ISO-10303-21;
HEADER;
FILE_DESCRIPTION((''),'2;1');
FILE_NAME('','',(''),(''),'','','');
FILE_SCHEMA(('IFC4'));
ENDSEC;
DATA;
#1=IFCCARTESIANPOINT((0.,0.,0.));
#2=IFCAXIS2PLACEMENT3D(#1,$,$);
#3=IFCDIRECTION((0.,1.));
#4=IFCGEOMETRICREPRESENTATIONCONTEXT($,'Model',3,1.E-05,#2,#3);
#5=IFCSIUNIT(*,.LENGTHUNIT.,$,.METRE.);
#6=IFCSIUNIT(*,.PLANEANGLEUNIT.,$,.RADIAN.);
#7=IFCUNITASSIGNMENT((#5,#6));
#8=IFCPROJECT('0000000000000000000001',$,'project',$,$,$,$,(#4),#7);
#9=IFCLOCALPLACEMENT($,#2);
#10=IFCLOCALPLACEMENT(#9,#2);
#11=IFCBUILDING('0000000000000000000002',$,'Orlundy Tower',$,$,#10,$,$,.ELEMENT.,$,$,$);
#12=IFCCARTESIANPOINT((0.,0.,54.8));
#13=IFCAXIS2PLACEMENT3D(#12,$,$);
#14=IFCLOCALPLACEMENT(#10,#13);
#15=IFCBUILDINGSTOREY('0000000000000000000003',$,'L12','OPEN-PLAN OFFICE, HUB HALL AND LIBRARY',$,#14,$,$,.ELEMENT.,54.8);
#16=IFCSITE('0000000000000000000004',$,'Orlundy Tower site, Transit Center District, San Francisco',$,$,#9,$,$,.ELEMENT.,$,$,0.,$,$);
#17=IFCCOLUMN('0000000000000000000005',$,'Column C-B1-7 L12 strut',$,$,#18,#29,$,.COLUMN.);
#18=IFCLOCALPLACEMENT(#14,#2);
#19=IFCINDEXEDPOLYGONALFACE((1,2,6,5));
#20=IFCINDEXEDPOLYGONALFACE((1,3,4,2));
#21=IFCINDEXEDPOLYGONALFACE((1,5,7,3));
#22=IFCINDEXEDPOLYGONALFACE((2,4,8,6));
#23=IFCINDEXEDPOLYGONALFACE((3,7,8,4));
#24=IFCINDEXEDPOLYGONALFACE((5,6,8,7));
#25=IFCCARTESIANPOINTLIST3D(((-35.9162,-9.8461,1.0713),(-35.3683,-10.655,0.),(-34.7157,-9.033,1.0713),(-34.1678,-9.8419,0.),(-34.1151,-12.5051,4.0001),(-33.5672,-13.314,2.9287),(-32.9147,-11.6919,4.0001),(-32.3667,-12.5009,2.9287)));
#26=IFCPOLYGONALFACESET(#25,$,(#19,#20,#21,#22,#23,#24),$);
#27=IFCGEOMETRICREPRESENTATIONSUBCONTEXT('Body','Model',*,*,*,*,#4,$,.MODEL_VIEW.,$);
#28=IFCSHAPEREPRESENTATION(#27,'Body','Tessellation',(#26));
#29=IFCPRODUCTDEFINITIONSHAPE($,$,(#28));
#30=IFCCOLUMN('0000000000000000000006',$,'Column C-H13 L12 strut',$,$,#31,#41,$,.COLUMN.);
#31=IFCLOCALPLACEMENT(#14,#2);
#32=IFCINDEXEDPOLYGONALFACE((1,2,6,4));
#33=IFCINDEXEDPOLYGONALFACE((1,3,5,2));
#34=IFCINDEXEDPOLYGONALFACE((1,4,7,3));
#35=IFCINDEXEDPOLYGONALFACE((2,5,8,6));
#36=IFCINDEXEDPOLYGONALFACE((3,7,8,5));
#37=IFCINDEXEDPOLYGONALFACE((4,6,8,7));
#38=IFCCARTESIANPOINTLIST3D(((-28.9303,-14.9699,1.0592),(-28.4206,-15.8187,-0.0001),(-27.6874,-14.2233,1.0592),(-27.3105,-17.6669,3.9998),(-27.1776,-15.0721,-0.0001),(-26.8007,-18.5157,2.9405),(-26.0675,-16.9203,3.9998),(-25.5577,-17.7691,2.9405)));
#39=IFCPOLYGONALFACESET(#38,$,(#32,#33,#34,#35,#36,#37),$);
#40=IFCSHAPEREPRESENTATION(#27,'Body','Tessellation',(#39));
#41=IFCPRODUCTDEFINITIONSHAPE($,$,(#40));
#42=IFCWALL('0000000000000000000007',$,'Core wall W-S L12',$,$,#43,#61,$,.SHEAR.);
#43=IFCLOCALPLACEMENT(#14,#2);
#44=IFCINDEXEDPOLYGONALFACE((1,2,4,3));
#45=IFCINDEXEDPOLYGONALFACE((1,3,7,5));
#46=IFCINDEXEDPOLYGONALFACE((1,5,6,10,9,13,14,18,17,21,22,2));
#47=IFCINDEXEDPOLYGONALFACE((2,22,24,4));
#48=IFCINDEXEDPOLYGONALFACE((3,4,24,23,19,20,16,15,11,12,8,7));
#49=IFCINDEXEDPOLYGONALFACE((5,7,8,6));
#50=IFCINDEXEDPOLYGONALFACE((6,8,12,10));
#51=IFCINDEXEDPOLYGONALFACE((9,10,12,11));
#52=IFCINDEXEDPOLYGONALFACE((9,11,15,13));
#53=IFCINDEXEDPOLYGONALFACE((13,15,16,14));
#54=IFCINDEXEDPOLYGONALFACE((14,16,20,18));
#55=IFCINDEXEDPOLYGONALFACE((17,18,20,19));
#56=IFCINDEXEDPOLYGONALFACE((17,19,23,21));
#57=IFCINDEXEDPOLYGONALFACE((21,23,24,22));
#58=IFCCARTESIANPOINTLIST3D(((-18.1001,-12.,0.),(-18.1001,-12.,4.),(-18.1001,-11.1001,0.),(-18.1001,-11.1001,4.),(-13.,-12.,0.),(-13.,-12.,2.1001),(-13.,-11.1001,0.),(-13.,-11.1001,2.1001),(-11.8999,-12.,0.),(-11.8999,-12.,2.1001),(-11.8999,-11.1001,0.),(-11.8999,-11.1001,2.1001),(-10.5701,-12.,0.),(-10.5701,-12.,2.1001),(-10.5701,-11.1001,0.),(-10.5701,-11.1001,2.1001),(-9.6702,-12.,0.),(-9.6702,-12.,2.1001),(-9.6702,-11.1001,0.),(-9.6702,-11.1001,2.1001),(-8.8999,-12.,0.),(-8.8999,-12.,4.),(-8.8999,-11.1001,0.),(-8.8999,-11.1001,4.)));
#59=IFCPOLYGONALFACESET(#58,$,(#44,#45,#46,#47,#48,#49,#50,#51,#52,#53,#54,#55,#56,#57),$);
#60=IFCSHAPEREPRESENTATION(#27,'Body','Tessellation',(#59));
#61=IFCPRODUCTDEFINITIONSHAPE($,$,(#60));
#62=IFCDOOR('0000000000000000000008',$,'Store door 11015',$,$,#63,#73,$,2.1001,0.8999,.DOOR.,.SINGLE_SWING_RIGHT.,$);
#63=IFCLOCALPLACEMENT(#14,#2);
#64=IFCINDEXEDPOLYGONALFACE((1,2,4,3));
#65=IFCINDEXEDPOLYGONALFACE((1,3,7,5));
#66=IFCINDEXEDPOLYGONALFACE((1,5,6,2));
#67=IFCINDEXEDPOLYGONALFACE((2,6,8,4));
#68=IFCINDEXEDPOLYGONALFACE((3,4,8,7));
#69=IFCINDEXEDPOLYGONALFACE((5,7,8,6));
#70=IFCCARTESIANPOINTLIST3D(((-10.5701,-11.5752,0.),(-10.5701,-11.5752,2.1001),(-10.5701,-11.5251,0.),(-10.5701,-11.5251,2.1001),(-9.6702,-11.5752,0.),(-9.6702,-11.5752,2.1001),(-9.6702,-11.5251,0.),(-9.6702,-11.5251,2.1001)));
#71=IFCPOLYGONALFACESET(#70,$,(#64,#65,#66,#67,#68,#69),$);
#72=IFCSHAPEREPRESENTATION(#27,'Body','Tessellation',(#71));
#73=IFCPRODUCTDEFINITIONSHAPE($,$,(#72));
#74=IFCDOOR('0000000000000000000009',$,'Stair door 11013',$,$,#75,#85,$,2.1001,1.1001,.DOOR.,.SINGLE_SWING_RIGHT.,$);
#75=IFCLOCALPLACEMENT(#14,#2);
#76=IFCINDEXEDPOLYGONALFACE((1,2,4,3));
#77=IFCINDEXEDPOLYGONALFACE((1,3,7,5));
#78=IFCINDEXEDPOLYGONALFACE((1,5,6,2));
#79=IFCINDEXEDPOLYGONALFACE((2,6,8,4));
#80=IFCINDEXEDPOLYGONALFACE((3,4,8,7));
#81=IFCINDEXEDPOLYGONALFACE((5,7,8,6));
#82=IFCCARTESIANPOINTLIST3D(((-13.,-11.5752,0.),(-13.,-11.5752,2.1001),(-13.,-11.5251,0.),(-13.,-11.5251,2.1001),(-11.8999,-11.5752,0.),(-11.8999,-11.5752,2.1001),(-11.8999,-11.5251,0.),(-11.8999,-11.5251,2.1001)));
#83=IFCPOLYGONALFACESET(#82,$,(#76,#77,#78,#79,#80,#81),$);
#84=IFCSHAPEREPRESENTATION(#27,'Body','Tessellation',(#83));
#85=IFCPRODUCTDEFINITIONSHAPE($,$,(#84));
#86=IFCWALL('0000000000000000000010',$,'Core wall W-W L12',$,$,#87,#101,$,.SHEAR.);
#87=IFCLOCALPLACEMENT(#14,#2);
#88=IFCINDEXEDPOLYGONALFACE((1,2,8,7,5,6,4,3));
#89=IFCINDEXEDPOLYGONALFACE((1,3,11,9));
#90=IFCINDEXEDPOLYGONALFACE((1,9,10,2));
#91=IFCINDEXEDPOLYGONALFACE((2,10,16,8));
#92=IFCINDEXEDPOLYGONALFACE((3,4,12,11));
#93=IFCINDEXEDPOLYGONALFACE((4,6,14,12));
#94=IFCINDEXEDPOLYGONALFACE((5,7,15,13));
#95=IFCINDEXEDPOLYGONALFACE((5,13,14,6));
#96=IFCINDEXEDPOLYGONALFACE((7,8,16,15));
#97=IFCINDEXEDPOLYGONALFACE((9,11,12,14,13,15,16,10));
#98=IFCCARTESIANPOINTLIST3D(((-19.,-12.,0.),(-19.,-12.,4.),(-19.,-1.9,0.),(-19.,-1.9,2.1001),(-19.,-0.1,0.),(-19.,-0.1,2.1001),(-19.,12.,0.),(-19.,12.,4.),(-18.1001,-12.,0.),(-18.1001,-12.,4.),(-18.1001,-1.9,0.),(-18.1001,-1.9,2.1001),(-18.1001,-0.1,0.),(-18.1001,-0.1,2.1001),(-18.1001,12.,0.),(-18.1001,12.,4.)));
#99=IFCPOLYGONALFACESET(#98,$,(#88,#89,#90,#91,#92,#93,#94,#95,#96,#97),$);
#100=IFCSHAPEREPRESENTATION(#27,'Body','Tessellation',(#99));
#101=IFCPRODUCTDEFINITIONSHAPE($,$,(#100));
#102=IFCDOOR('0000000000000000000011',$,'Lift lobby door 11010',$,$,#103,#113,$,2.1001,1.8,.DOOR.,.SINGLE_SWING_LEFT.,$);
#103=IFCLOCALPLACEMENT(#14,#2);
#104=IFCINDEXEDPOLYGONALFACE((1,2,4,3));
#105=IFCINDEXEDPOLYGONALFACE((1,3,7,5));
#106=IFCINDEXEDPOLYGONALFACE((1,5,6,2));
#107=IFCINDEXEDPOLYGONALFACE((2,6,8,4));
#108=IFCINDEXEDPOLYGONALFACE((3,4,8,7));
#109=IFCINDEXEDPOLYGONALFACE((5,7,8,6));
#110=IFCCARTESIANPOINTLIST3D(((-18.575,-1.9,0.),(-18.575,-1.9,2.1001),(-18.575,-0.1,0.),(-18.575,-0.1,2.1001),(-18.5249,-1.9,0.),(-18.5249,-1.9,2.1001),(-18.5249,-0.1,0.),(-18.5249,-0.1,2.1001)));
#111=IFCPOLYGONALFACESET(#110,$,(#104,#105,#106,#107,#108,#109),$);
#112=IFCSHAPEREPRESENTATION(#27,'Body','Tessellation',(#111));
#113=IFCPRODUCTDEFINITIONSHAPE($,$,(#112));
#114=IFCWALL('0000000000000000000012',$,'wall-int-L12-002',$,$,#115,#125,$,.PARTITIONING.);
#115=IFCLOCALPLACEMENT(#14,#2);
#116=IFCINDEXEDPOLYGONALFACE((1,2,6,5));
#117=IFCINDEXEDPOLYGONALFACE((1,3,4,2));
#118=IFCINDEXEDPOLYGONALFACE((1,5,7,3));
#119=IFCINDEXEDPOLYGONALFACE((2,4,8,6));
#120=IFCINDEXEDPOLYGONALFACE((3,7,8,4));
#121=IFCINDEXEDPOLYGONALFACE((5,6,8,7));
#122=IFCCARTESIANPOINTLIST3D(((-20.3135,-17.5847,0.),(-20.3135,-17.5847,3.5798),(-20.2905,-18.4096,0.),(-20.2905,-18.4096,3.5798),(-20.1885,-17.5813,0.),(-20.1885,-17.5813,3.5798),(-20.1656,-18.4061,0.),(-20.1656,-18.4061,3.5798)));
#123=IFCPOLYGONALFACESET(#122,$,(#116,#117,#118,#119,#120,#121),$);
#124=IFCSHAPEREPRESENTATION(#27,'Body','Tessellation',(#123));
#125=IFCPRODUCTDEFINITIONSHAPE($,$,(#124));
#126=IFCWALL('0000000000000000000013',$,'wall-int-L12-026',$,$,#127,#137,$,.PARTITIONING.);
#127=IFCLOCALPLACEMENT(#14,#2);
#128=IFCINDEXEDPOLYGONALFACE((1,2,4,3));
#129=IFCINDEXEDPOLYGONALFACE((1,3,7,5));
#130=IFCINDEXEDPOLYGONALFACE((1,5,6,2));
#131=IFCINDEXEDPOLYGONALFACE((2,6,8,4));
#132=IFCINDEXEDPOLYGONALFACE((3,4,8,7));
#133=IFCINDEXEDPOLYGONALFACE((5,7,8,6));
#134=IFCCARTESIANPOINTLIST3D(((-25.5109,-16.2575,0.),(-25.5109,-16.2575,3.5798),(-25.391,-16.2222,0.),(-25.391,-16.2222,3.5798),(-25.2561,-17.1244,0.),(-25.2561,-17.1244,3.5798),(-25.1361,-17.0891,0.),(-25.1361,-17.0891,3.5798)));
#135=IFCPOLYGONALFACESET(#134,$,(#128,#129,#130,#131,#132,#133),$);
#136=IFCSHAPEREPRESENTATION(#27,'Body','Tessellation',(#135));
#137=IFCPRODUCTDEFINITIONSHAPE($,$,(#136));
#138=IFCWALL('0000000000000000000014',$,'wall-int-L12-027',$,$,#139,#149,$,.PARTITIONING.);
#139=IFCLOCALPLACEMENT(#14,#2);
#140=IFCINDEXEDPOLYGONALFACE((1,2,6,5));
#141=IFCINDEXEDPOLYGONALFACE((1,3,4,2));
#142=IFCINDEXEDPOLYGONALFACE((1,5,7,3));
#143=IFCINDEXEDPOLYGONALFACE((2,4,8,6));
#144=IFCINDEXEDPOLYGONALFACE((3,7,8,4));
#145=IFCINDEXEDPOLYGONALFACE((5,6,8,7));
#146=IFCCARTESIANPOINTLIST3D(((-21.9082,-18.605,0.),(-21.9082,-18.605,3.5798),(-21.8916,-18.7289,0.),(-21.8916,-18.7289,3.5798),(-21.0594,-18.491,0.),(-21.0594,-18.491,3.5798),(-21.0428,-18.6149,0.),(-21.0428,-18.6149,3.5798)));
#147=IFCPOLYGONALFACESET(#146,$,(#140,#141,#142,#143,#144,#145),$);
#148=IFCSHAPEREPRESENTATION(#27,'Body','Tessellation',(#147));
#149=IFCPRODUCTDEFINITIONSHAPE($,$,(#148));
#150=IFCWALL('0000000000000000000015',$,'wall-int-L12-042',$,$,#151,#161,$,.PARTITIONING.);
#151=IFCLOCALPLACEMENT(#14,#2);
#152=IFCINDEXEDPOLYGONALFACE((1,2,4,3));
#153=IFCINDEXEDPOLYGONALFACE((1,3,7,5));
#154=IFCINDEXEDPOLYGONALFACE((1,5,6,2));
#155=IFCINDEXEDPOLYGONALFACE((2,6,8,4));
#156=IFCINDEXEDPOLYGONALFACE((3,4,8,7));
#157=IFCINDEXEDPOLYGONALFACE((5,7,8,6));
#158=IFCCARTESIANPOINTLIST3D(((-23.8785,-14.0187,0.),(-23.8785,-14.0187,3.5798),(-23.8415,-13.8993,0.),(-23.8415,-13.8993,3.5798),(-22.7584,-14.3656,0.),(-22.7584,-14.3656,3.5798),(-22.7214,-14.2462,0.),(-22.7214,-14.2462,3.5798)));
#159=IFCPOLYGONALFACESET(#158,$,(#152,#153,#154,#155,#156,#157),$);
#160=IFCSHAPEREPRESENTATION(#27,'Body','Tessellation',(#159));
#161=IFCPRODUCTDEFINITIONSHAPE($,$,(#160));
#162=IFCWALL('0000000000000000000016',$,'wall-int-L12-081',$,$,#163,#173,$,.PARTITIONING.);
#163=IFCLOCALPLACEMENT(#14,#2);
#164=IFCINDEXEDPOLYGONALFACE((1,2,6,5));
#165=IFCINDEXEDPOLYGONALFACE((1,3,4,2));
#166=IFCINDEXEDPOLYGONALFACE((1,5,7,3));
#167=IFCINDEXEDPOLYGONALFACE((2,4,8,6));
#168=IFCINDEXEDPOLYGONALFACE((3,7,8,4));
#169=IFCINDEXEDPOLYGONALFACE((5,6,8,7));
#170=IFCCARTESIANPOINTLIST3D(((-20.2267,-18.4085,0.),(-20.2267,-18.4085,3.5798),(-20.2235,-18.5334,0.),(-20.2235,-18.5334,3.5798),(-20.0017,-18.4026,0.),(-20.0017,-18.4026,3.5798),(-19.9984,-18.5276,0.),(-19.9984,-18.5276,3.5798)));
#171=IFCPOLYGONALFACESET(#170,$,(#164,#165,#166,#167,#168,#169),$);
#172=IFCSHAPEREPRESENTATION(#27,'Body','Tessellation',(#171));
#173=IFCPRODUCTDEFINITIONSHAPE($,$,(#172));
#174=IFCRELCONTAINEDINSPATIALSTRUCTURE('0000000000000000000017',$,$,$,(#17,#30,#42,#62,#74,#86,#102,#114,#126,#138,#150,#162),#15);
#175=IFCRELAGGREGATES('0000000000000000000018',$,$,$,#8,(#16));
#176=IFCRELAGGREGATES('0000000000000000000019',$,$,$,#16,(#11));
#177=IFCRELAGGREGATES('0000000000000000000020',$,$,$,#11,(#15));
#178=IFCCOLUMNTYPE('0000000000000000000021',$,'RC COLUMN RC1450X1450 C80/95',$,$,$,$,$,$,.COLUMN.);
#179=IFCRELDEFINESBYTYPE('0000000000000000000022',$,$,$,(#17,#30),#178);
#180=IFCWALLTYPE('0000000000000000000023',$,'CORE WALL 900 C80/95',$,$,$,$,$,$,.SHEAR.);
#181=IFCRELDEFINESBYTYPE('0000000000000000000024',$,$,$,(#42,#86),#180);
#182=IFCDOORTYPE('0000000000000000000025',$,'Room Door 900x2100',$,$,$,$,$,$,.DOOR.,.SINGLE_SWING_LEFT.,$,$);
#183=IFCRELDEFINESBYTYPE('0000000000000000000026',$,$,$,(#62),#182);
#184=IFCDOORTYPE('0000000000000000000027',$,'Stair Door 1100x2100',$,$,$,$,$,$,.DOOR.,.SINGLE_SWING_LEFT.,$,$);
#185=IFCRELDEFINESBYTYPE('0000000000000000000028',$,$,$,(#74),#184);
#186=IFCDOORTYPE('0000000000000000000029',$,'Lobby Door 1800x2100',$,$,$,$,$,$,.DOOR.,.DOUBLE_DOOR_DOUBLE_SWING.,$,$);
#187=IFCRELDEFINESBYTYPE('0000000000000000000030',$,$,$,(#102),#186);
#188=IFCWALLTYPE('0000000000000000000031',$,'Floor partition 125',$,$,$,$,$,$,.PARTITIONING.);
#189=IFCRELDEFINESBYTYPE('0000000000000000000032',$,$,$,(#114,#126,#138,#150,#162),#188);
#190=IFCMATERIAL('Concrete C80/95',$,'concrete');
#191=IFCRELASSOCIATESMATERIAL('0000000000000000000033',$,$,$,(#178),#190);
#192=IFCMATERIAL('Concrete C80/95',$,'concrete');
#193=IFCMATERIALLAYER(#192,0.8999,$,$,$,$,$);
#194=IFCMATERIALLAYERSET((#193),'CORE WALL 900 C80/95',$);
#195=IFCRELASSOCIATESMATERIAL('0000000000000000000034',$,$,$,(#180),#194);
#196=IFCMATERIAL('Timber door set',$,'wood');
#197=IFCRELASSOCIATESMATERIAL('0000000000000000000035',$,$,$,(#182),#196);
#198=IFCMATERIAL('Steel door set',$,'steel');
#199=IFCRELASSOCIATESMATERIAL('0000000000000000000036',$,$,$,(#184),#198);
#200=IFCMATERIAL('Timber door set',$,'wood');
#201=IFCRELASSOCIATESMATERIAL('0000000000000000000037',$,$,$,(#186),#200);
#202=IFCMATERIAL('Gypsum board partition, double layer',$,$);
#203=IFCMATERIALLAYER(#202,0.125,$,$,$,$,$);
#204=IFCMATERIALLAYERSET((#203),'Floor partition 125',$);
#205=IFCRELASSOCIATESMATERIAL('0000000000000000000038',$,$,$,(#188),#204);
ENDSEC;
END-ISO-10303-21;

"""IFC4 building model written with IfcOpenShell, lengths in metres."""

from ifc_helpers import new_model, si_unit, direction, frame, frame_2d, origin, origin_2d, place, context, subcontext, project, spatial, rectangle, extrude, material, layer, layer_set, material_profile, profile_set, type_object, element, fill, save


model = new_model("IFC4")

# Units and contexts
model_context = context("Model", 3, precision=1e-05, world=origin(), true_north=direction((0.0, 1.0)))
body_context = subcontext(model_context, "Body", "Model", "MODEL_VIEW")
ifc_project = project(units=[si_unit("LENGTHUNIT", "METRE"), si_unit("PLANEANGLEUNIT", "RADIAN")], contexts=[model_context])

# Site, building, storey
site_placement = place(None, origin())
site = spatial("IfcSite", under=ifc_project, at=site_placement, Name="Orlundy Tower site, Transit Center District, San Francisco", CompositionType="ELEMENT", RefElevation=0.0)
building_placement = place(site_placement, origin())
building = spatial("IfcBuilding", under=site, at=building_placement, Name="Orlundy Tower", CompositionType="ELEMENT")
storey_placement = place(building_placement, frame((0.0, 0.0, 54.8)))
storey = spatial("IfcBuildingStorey", under=building, at=storey_placement, Name="L12", Description="OPEN-PLAN OFFICE, HUB HALL AND LIBRARY", CompositionType="ELEMENT", Elevation=54.8)

# Columns
ifc_material_1 = material(Name="Concrete C80/95", Category="concrete")
ifc_material_profile = material_profile(ifc_material_1, rectangle(XDim=1.45, YDim=1.45, at=origin_2d()), Name="RC1450X1450")
ifc_profile_set = profile_set([ifc_material_profile], Name="Concrete C80/95")
column_type = type_object("IfcColumnType", Name="RC COLUMN RC1450X1450 C80/95", PredefinedType="COLUMN", material=ifc_profile_set)
column_1_placement = place(storey_placement, frame((-35.042, -9.844, 0.5356), z_axis=(0.414374, -0.611759, 0.673828), x_axis=(0.827946, 0.560808, 0.0)))
element("IfcColumn", 1, at=column_1_placement, inside=storey, type_object=column_type, Name="Column C-B1-7 L12 strut", PredefinedType="COLUMN", context=body_context, shape_type="SweptSolid", body=[
    extrude(rectangle(XDim=1.45, YDim=1.45, at=origin_2d()), origin(), (0.0, 0.0, 1.0), 4.3464),
])
column_2_placement = place(storey_placement, frame((-28.054, -15.021, 0.5295), z_axis=(0.376151, -0.626275, 0.682854), x_axis=(0.85726, 0.514884, 0.0)))
element("IfcColumn", 2, at=column_2_placement, inside=storey, type_object=column_type, Name="Column C-H13 L12 strut", PredefinedType="COLUMN", context=body_context, shape_type="SweptSolid", body=[
    extrude(rectangle(XDim=1.45, YDim=1.45, at=origin_2d()), origin(), (0.0, 0.0, 1.0), 4.3064),
])

# Wall, openings, doors
ifc_material_2 = material(Name="Concrete C80/95", Category="concrete")
ifc_layer_1 = layer(ifc_material_2, 0.8999)
ifc_layer_set_1 = layer_set([ifc_layer_1], Name="CORE WALL 900 C80/95")
wall_type_1 = type_object("IfcWallType", Name="CORE WALL 900 C80/95", PredefinedType="SHEAR", material=ifc_layer_set_1)
wall_1_placement = place(storey_placement, frame((-18.1001, -11.55, 0.0), z_axis=(0.0, 0.0, 1.0), x_axis=(1.0, 0.0, 0.0)))
wall_1 = element("IfcWall", 3, at=wall_1_placement, inside=storey, type_object=wall_type_1, Name="Core wall W-S L12", PredefinedType="SHEAR", context=body_context, shape_type="SweptSolid", body=[
    extrude(rectangle(XDim=9.2002, YDim=0.8999, at=frame_2d((4.6001, 0.0))), origin(), (0.0, 0.0, 1.0), 4.0),
])
opening_1_placement = place(wall_1_placement, frame((5.1001, 0.0, 0.0)))
opening_1 = element("IfcOpeningElement", 4, at=opening_1_placement, cuts=wall_1, PredefinedType="OPENING", context=body_context, shape_type="SweptSolid", body=[
    extrude(rectangle(XDim=1.1001, YDim=2.1001, at=frame_2d((0.55, 1.05))), frame((0.0, 0.46, 0.0), z_axis=(0.0, -1.0, 0.0), x_axis=(1.0, 0.0, 0.0)), (0.0, 0.0, 1.0), 0.9199),
])
opening_2_placement = place(wall_1_placement, frame((7.53, 0.0, 0.0)))
opening_2 = element("IfcOpeningElement", 5, at=opening_2_placement, cuts=wall_1, PredefinedType="OPENING", context=body_context, shape_type="SweptSolid", body=[
    extrude(rectangle(XDim=0.8999, YDim=2.1001, at=frame_2d((0.45, 1.05))), frame((0.0, 0.46, 0.0), z_axis=(0.0, -1.0, 0.0), x_axis=(1.0, 0.0, 0.0)), (0.0, 0.0, 1.0), 0.9199),
])
ifc_material_3 = material(Name="Timber door set", Category="wood")
door_type_1 = type_object("IfcDoorType", Name="Room Door 900x2100", OperationType="SINGLE_SWING_LEFT", PredefinedType="DOOR", material=ifc_material_3)
door_1_placement = place(opening_2_placement, origin())
door_1 = element("IfcDoor", 6, at=door_1_placement, inside=storey, type_object=door_type_1, Name="Store door 11015", OperationType="SINGLE_SWING_RIGHT", OverallHeight=2.1001, OverallWidth=0.8999, PredefinedType="DOOR", context=body_context, shape_type="SweptSolid", body=[
    extrude(rectangle(XDim=0.8999, YDim=2.1001, at=frame_2d((0.45, 1.05))), frame((0.0, 0.0249, 0.0), z_axis=(0.0, -1.0, 0.0), x_axis=(1.0, 0.0, 0.0)), (0.0, 0.0, 1.0), 0.05),
])
fill(opening_2, door_1)
ifc_material_4 = material(Name="Steel door set", Category="steel")
door_type_2 = type_object("IfcDoorType", Name="Stair Door 1100x2100", OperationType="SINGLE_SWING_LEFT", PredefinedType="DOOR", material=ifc_material_4)
door_2_placement = place(opening_1_placement, origin())
door_2 = element("IfcDoor", 7, at=door_2_placement, inside=storey, type_object=door_type_2, Name="Stair door 11013", OperationType="SINGLE_SWING_RIGHT", OverallHeight=2.1001, OverallWidth=1.1001, PredefinedType="DOOR", context=body_context, shape_type="SweptSolid", body=[
    extrude(rectangle(XDim=1.1001, YDim=2.1001, at=frame_2d((0.55, 1.05))), frame((0.0, 0.0249, 0.0), z_axis=(0.0, -1.0, 0.0), x_axis=(1.0, 0.0, 0.0)), (0.0, 0.0, 1.0), 0.05),
])
fill(opening_1, door_2)

# Wall, opening, door
wall_2_placement = place(storey_placement, frame((-18.55, -12.0, 0.0), z_axis=(0.0, 0.0, 1.0), x_axis=(0.0, 1.0, 0.0)))
wall_2 = element("IfcWall", 8, at=wall_2_placement, inside=storey, type_object=wall_type_1, Name="Core wall W-W L12", PredefinedType="SHEAR", context=body_context, shape_type="SweptSolid", body=[
    extrude(rectangle(XDim=24.0, YDim=0.8999, at=frame_2d((12.0, 0.0))), origin(), (0.0, 0.0, 1.0), 4.0),
])
opening_3_placement = place(wall_2_placement, frame((10.1001, 0.0, 0.0)))
opening_3 = element("IfcOpeningElement", 9, at=opening_3_placement, cuts=wall_2, PredefinedType="OPENING", context=body_context, shape_type="SweptSolid", body=[
    extrude(rectangle(XDim=1.8, YDim=2.1001, at=frame_2d((0.8999, 1.05))), frame((0.0, 0.46, 0.0), z_axis=(0.0, -1.0, 0.0), x_axis=(1.0, 0.0, 0.0)), (0.0, 0.0, 1.0), 0.9199),
])
ifc_material_5 = material(Name="Timber door set", Category="wood")
door_type_3 = type_object("IfcDoorType", Name="Lobby Door 1800x2100", OperationType="DOUBLE_DOOR_DOUBLE_SWING", PredefinedType="DOOR", material=ifc_material_5)
door_3_placement = place(opening_3_placement, origin())
door_3 = element("IfcDoor", 10, at=door_3_placement, inside=storey, type_object=door_type_3, Name="Lift lobby door 11010", OperationType="SINGLE_SWING_LEFT", OverallHeight=2.1001, OverallWidth=1.8, PredefinedType="DOOR", context=body_context, shape_type="SweptSolid", body=[
    extrude(rectangle(XDim=1.8, YDim=2.1001, at=frame_2d((0.8999, 1.05))), frame((0.0, 0.0249, 0.0), z_axis=(0.0, -1.0, 0.0), x_axis=(1.0, 0.0, 0.0)), (0.0, 0.0, 1.0), 0.05),
])
fill(opening_3, door_3)

# Walls
ifc_material_6 = material(Name="Gypsum board partition, double layer")
ifc_layer_2 = layer(ifc_material_6, 0.125)
ifc_layer_set_2 = layer_set([ifc_layer_2], Name="Floor partition 125")
wall_type_2 = type_object("IfcWallType", Name="Floor partition 125", PredefinedType="PARTITIONING", material=ifc_layer_set_2)
wall_3_placement = place(storey_placement, frame((-20.251, -17.583, 0.0), z_axis=(0.0, 0.0, 1.0), x_axis=(0.027808, -0.999613, 0.0)))
element("IfcWall", 11, at=wall_3_placement, inside=storey, type_object=wall_type_2, Name="wall-int-L12-002", PredefinedType="PARTITIONING", context=body_context, shape_type="SweptSolid", body=[
    extrude(rectangle(XDim=0.8252, YDim=0.125, at=frame_2d((0.4126, 0.0))), origin(), (0.0, 0.0, 1.0), 3.5798),
])
wall_4_placement = place(storey_placement, frame((-25.4509, -16.24, 0.0), z_axis=(0.0, 0.0, 1.0), x_axis=(0.282064, -0.959396, 0.0)))
element("IfcWall", 12, at=wall_4_placement, inside=storey, type_object=wall_type_2, Name="wall-int-L12-026", PredefinedType="PARTITIONING", context=body_context, shape_type="SweptSolid", body=[
    extrude(rectangle(XDim=0.9036, YDim=0.125, at=frame_2d((0.4517, 0.0))), origin(), (0.0, 0.0, 1.0), 3.5798),
])
wall_5_placement = place(storey_placement, frame((-21.8999, -18.667, 0.0), z_axis=(0.0, 0.0, 1.0), x_axis=(0.9911, 0.133116, 0.0)))
element("IfcWall", 13, at=wall_5_placement, inside=storey, type_object=wall_type_2, Name="wall-int-L12-027", PredefinedType="PARTITIONING", context=body_context, shape_type="SweptSolid", body=[
    extrude(rectangle(XDim=0.8564, YDim=0.125, at=frame_2d((0.4282, 0.0))), origin(), (0.0, 0.0, 1.0), 3.5798),
])
wall_6_placement = place(storey_placement, frame((-23.8601, -13.959, 0.0), z_axis=(0.0, 0.0, 1.0), x_axis=(0.955233, -0.295856, 0.0)))
element("IfcWall", 14, at=wall_6_placement, inside=storey, type_object=wall_type_2, Name="wall-int-L12-042", PredefinedType="PARTITIONING", context=body_context, shape_type="SweptSolid", body=[
    extrude(rectangle(XDim=1.1726, YDim=0.125, at=frame_2d((0.5864, 0.0))), origin(), (0.0, 0.0, 1.0), 3.5798),
])
wall_7_placement = place(storey_placement, frame((-20.2251, -18.4709, 0.0), z_axis=(0.0, 0.0, 1.0), x_axis=(0.999661, 0.026022, 0.0)))
element("IfcWall", 15, at=wall_7_placement, inside=storey, type_object=wall_type_2, Name="wall-int-L12-081", PredefinedType="PARTITIONING", context=body_context, shape_type="SweptSolid", body=[
    extrude(rectangle(XDim=0.2251, YDim=0.125, at=frame_2d((0.1125, 0.0))), origin(), (0.0, 0.0, 1.0), 3.5798),
])

save(model, "model.ifc")
